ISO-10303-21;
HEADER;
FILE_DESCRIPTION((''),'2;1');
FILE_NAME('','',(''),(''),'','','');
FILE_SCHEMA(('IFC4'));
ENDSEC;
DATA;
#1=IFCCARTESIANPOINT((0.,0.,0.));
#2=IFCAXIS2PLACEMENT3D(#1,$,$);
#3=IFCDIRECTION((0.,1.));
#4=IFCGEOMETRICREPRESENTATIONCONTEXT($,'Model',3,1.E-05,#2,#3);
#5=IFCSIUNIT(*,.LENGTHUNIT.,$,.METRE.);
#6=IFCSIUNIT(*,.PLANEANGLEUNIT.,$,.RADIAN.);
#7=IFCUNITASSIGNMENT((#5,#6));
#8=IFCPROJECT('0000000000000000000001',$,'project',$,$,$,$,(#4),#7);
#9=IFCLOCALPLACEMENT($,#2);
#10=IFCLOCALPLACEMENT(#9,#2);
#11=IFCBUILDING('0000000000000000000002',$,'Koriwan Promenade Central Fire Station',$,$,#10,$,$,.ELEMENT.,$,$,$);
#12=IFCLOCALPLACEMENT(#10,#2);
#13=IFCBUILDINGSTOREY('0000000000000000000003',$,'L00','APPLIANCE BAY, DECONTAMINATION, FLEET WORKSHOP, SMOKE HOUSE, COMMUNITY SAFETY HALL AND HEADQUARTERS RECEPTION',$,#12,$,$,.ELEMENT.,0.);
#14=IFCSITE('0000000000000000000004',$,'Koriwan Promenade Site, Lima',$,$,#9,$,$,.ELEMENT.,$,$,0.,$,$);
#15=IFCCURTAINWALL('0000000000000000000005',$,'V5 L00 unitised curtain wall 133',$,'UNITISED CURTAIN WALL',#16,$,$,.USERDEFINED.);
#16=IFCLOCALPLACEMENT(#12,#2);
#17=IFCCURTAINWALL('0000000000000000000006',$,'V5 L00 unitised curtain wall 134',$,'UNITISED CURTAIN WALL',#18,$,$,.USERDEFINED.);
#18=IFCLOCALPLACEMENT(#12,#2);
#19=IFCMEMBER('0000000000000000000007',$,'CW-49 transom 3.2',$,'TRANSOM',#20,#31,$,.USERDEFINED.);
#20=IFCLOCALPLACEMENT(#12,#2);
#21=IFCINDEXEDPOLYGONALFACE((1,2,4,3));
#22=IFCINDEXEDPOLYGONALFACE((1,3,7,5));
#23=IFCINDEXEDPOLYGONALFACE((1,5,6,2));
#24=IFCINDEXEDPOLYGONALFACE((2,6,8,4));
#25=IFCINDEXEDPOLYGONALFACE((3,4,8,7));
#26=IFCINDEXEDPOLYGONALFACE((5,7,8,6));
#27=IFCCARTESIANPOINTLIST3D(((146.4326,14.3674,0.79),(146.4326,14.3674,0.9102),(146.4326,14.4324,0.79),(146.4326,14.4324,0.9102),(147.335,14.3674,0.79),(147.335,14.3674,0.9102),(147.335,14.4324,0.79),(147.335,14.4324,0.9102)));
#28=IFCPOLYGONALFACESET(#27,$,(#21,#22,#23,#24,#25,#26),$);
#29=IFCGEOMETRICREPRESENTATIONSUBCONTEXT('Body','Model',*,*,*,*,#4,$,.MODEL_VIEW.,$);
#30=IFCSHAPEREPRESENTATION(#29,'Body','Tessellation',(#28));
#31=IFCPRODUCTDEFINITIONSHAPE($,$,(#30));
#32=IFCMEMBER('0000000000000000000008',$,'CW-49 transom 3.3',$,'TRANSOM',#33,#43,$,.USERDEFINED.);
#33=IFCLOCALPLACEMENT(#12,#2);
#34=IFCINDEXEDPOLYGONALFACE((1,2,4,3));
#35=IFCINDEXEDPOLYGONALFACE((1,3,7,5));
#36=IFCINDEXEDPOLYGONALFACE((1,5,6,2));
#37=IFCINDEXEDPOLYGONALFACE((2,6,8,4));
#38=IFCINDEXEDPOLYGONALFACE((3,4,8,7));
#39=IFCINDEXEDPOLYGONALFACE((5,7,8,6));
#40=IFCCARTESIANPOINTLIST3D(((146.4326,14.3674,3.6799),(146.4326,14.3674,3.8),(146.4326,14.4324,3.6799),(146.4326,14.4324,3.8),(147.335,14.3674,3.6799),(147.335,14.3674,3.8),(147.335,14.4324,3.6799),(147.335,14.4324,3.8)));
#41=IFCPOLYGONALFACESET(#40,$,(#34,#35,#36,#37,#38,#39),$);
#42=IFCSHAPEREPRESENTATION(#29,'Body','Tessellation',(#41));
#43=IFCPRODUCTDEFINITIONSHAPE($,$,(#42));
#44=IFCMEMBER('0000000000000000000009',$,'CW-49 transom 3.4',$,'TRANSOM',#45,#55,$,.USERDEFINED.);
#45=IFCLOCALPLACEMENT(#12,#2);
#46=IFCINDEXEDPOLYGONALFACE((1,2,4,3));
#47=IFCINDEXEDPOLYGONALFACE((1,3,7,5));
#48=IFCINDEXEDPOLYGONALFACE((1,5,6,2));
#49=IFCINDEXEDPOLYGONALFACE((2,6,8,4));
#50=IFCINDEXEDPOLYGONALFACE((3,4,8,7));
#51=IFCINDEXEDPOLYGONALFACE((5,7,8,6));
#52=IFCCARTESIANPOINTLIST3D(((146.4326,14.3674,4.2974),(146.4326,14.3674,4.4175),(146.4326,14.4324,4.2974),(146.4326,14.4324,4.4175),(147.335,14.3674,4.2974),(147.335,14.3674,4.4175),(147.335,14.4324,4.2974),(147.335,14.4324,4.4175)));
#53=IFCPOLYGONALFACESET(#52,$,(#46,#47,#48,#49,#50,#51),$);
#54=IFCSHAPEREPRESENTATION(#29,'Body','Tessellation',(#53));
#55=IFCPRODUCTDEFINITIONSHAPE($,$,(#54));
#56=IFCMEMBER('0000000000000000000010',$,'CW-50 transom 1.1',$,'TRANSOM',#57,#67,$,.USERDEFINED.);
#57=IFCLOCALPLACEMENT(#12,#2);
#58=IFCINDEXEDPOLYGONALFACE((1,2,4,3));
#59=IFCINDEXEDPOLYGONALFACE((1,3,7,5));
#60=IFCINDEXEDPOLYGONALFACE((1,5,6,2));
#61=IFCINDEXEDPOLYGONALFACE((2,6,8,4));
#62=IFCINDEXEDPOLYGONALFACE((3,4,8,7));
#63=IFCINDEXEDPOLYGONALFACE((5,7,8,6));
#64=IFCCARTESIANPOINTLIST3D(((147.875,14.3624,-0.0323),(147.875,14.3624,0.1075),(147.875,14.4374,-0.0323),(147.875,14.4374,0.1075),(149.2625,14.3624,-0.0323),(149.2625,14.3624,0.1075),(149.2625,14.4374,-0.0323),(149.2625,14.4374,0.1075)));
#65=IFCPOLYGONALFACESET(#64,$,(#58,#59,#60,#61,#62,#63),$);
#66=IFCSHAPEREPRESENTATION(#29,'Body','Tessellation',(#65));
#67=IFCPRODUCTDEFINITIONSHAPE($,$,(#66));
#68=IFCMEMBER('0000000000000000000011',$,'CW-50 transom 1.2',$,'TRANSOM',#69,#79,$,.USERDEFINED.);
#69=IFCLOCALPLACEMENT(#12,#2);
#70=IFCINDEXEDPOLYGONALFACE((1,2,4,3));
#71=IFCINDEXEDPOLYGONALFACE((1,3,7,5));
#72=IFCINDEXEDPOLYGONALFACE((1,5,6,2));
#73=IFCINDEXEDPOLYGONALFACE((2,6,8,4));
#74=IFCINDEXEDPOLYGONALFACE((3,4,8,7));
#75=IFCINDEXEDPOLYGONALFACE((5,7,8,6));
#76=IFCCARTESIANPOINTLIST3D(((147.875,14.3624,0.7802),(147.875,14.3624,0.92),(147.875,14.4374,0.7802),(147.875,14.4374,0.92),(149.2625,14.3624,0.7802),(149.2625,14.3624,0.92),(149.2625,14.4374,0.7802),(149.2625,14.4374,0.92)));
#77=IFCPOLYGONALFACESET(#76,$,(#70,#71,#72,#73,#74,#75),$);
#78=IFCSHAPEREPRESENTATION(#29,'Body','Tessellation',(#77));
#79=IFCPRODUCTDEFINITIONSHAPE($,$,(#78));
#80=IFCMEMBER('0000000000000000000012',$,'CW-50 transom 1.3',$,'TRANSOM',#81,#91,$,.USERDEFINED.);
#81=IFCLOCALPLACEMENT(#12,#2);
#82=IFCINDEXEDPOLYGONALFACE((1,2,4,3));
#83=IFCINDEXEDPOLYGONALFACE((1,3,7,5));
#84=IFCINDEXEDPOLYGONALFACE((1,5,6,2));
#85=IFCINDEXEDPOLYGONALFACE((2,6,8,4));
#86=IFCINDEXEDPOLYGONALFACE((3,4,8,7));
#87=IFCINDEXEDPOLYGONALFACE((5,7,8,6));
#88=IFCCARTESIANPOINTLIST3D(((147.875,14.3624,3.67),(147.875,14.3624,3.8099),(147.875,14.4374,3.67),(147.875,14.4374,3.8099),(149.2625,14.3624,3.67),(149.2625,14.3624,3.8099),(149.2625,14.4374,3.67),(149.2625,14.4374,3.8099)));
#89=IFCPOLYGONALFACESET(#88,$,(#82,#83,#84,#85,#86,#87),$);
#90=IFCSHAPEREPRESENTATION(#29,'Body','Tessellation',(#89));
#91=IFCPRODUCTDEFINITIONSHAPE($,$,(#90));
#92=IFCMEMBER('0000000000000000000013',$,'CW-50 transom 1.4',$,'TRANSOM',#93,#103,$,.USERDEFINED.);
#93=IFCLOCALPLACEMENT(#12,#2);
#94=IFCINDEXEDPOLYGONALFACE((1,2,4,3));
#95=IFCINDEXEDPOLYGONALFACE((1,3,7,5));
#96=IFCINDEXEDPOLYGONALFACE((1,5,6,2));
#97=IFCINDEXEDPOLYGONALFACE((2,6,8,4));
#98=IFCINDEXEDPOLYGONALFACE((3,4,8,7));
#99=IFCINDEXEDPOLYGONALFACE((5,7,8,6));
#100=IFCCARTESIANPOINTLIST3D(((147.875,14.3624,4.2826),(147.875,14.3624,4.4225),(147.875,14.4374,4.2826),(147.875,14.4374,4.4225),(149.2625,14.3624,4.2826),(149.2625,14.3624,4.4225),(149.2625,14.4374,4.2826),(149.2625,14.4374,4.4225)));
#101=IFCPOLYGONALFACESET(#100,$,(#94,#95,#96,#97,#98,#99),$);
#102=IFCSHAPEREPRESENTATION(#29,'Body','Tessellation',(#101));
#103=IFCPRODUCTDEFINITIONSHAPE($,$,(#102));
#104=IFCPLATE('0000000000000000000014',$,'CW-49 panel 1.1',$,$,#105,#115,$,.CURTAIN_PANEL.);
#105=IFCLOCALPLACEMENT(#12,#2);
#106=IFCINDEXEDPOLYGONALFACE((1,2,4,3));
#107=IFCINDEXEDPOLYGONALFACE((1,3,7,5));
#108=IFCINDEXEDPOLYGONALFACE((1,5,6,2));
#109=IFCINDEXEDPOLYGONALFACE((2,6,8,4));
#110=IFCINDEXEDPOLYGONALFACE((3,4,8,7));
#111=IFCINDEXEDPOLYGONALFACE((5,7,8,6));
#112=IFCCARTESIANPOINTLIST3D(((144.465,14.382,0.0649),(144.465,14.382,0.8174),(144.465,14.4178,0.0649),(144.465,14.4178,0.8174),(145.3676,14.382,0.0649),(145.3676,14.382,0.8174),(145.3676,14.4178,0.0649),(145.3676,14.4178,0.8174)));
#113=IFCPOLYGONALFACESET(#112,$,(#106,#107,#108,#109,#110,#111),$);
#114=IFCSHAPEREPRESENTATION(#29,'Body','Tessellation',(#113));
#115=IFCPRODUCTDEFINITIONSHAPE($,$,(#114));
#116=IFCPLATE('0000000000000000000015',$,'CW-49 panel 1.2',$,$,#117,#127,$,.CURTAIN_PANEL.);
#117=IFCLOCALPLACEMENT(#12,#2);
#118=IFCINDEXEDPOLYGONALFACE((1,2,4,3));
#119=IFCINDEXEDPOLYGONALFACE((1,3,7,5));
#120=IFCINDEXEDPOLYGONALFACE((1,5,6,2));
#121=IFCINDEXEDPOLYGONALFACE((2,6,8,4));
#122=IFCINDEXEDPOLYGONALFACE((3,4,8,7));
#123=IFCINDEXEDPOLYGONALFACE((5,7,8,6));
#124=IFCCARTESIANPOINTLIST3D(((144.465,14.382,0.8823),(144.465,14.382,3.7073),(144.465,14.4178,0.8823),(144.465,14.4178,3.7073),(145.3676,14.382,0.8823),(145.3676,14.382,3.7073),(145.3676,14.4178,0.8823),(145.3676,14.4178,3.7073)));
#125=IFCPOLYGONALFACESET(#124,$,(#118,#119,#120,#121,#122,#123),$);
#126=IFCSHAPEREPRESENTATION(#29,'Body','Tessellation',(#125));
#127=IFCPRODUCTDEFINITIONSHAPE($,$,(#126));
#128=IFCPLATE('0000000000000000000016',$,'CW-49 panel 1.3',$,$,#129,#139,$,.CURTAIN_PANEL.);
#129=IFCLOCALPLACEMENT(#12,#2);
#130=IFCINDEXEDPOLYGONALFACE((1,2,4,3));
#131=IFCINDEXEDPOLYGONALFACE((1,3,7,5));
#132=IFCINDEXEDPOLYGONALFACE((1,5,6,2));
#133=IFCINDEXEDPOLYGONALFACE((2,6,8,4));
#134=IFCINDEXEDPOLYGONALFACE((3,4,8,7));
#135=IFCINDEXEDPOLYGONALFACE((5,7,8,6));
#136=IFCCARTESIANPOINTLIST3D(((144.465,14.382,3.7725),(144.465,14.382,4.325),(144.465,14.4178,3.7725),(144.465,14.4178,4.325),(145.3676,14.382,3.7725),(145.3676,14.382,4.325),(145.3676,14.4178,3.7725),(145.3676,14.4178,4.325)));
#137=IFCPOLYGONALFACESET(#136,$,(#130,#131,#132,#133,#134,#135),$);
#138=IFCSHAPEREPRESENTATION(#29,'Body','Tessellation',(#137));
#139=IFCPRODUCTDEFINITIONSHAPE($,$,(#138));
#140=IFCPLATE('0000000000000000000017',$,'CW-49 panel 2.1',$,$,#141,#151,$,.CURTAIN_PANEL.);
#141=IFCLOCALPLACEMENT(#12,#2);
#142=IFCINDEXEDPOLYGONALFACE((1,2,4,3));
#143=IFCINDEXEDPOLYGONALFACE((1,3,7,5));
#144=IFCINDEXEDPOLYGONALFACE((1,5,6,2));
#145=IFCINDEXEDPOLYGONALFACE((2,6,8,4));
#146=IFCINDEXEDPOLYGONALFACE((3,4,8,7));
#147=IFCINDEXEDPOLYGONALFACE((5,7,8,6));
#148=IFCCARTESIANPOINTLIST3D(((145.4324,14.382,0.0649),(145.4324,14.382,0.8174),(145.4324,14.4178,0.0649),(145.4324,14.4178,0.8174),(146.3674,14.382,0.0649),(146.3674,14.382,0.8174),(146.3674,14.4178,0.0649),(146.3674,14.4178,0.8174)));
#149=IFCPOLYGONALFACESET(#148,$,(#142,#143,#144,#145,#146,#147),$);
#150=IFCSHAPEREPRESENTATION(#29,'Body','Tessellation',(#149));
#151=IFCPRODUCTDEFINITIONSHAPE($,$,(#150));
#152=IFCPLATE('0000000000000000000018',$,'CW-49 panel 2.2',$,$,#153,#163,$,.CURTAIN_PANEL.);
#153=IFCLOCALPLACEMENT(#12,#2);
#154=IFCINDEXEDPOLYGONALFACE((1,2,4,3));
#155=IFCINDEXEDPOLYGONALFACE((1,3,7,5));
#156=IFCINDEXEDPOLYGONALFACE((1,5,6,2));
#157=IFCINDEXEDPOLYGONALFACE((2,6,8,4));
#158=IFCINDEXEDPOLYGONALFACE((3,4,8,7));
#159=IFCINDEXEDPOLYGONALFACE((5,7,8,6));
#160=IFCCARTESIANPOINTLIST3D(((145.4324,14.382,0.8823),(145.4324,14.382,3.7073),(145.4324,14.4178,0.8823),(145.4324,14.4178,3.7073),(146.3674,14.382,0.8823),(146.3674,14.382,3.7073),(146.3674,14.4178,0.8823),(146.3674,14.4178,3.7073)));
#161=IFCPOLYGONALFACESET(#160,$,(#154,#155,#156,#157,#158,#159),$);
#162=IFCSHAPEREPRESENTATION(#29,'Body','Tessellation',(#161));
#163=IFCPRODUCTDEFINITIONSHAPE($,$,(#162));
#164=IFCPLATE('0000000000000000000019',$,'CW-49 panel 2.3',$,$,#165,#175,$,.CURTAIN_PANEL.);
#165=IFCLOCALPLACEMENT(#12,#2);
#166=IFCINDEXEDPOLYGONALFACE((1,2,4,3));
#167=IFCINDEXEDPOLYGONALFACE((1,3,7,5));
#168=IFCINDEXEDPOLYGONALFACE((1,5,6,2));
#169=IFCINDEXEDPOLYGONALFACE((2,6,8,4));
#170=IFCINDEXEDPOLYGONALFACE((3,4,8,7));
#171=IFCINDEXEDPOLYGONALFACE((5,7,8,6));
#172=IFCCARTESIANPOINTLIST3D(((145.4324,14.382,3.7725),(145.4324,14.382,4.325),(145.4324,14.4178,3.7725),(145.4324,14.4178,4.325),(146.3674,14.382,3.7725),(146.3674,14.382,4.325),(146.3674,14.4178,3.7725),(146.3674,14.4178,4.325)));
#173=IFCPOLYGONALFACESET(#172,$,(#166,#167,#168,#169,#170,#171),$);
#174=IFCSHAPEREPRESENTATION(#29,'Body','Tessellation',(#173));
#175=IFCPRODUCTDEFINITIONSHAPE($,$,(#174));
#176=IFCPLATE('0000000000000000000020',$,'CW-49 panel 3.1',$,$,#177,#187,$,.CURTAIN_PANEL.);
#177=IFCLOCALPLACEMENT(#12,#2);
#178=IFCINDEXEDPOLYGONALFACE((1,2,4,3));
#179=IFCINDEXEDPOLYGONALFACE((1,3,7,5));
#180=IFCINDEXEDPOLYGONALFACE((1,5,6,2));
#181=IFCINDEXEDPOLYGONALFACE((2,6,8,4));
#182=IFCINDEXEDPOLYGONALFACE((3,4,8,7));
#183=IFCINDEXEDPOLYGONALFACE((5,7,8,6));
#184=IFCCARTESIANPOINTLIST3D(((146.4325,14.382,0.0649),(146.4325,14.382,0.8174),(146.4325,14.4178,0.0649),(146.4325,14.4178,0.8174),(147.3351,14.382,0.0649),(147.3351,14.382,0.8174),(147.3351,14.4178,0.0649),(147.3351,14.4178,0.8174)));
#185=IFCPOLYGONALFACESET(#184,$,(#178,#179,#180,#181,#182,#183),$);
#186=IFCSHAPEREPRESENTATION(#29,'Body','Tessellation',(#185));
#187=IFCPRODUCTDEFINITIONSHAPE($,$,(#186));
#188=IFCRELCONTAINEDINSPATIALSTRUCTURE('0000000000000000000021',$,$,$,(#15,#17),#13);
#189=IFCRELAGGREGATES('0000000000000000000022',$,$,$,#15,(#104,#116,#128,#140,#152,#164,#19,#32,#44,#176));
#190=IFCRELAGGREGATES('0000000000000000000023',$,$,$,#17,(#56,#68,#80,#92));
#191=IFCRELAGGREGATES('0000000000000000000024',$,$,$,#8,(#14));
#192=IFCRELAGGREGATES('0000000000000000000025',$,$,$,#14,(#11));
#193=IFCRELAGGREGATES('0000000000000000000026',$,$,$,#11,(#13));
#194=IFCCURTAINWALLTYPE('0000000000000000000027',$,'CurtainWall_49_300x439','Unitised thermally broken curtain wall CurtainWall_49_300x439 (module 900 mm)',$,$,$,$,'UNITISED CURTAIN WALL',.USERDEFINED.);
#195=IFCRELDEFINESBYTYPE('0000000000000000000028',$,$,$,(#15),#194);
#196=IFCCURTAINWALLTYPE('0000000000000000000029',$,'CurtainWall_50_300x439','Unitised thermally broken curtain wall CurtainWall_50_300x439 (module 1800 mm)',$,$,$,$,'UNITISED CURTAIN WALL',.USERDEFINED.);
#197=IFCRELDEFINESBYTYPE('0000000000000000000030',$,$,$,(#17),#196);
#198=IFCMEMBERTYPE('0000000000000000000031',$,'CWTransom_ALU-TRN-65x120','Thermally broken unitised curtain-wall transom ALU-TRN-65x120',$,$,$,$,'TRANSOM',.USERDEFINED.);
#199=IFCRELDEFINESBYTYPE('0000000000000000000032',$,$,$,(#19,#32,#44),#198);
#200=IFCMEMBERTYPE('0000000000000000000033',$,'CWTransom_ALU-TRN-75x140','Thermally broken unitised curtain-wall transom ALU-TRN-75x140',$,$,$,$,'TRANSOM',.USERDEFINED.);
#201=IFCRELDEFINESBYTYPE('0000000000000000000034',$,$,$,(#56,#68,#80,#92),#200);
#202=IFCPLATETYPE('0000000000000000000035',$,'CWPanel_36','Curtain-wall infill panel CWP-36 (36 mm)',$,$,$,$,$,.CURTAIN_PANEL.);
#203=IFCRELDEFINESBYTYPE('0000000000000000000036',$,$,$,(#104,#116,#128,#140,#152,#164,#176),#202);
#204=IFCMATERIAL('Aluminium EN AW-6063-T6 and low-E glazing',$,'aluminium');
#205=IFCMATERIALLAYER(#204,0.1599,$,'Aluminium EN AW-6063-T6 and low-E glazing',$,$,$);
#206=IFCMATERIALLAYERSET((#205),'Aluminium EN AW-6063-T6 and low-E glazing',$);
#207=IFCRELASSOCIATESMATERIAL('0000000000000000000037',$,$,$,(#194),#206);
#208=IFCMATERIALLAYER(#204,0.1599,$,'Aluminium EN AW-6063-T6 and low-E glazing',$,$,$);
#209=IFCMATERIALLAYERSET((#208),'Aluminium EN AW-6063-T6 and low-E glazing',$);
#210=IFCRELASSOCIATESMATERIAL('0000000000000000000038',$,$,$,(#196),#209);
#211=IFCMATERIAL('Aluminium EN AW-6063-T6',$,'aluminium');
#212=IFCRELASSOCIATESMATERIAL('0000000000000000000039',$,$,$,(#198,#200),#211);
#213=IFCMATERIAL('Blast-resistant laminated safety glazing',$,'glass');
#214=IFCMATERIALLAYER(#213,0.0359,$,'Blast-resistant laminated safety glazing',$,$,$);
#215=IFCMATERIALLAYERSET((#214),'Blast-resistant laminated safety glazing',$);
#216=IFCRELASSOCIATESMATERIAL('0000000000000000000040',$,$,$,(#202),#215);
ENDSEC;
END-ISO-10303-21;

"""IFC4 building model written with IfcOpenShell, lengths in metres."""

from ifc_helpers import new_model, si_unit, direction, frame, origin, origin_2d, place, context, subcontext, project, spatial, rectangle, extrude, material, layer, layer_set, material_profile, profile_set, type_object, element, aggregate, save


model = new_model("IFC4")

# Units and contexts
model_context = context("Model", 3, precision=1e-05, world=origin(), true_north=direction((0.0, 1.0)))
body_context = subcontext(model_context, "Body", "Model", "MODEL_VIEW")
ifc_project = project(units=[si_unit("LENGTHUNIT", "METRE"), si_unit("PLANEANGLEUNIT", "RADIAN")], contexts=[model_context])

# Site, building, storey
site_placement = place(None, origin())
site = spatial("IfcSite", under=ifc_project, at=site_placement, Name="Koriwan Promenade Site, Lima", CompositionType="ELEMENT", RefElevation=0.0)
building_placement = place(site_placement, origin())
building = spatial("IfcBuilding", under=site, at=building_placement, Name="Koriwan Promenade Central Fire Station", CompositionType="ELEMENT")
storey_placement = place(building_placement, origin())
storey = spatial("IfcBuildingStorey", under=building, at=storey_placement, Name="L00", Description="APPLIANCE BAY, DECONTAMINATION, FLEET WORKSHOP, SMOKE HOUSE, COMMUNITY SAFETY HALL AND HEADQUARTERS RECEPTION", CompositionType="ELEMENT", Elevation=0.0)

# Curtain wall
ifc_material_1 = material(Name="Aluminium EN AW-6063-T6 and low-E glazing", Category="aluminium")
ifc_layer_1 = layer(ifc_material_1, 0.1599, Name="Aluminium EN AW-6063-T6 and low-E glazing")
ifc_layer_set_1 = layer_set([ifc_layer_1], Name="Aluminium EN AW-6063-T6 and low-E glazing")
curtain_wall_type_1 = type_object("IfcCurtainWallType", Name="CurtainWall_49_300x439", Description="Unitised thermally broken curtain wall CurtainWall_49_300x439 (module 900 mm)", ElementType="UNITISED CURTAIN WALL", PredefinedType="USERDEFINED", material=ifc_layer_set_1)
curtain_wall_1_placement = place(storey_placement, origin())
curtain_wall_1 = element("IfcCurtainWall", 1, at=curtain_wall_1_placement, inside=storey, type_object=curtain_wall_type_1, Name="V5 L00 unitised curtain wall 133", ObjectType="UNITISED CURTAIN WALL", PredefinedType="USERDEFINED")
ifc_material_2 = material(Name="Aluminium EN AW-6063-T6", Category="aluminium")

# Curtain wall
ifc_layer_2 = layer(ifc_material_1, 0.1599, Name="Aluminium EN AW-6063-T6 and low-E glazing")
ifc_layer_set_2 = layer_set([ifc_layer_2], Name="Aluminium EN AW-6063-T6 and low-E glazing")
curtain_wall_type_2 = type_object("IfcCurtainWallType", Name="CurtainWall_50_300x439", Description="Unitised thermally broken curtain wall CurtainWall_50_300x439 (module 1800 mm)", ElementType="UNITISED CURTAIN WALL", PredefinedType="USERDEFINED", material=ifc_layer_set_2)
curtain_wall_2_placement = place(storey_placement, origin())
curtain_wall_2 = element("IfcCurtainWall", 2, at=curtain_wall_2_placement, inside=storey, type_object=curtain_wall_type_2, Name="V5 L00 unitised curtain wall 134", ObjectType="UNITISED CURTAIN WALL", PredefinedType="USERDEFINED")

# Members
ifc_material_profile_1 = material_profile(ifc_material_2, rectangle(XDim=0.0649, YDim=0.1201, at=origin_2d()), Name="ALU-TRN-65x120")
ifc_profile_set_1 = profile_set([ifc_material_profile_1], Name="Aluminium EN AW-6063-T6")
member_type_1 = type_object("IfcMemberType", Name="CWTransom_ALU-TRN-65x120", Description="Thermally broken unitised curtain-wall transom ALU-TRN-65x120", ElementType="TRANSOM", PredefinedType="USERDEFINED", material=ifc_profile_set_1)
member_1_placement = place(storey_placement, frame((146.4326, 14.3999, 0.8501), z_axis=(1.0, 0.0, 0.0), x_axis=(0.0, 1.0, 0.0)))
member_1 = element("IfcMember", 3, at=member_1_placement, type_object=member_type_1, Name="CW-49 transom 3.2", ObjectType="TRANSOM", PredefinedType="USERDEFINED", context=body_context, shape_type="SweptSolid", body=[
    extrude(rectangle(XDim=0.0649, YDim=0.1201, at=origin_2d()), origin(), (0.0, 0.0, 1.0), 0.9023),
])
member_2_placement = place(storey_placement, frame((146.4326, 14.3999, 3.74), z_axis=(1.0, 0.0, 0.0), x_axis=(0.0, 1.0, 0.0)))
member_2 = element("IfcMember", 4, at=member_2_placement, type_object=member_type_1, Name="CW-49 transom 3.3", ObjectType="TRANSOM", PredefinedType="USERDEFINED", context=body_context, shape_type="SweptSolid", body=[
    extrude(rectangle(XDim=0.0649, YDim=0.1201, at=origin_2d()), origin(), (0.0, 0.0, 1.0), 0.9023),
])
member_3_placement = place(storey_placement, frame((146.4326, 14.3999, 4.3574), z_axis=(1.0, 0.0, 0.0), x_axis=(0.0, 1.0, 0.0)))
member_3 = element("IfcMember", 5, at=member_3_placement, type_object=member_type_1, Name="CW-49 transom 3.4", ObjectType="TRANSOM", PredefinedType="USERDEFINED", context=body_context, shape_type="SweptSolid", body=[
    extrude(rectangle(XDim=0.0649, YDim=0.1201, at=origin_2d()), origin(), (0.0, 0.0, 1.0), 0.9023),
])
ifc_material_profile_2 = material_profile(ifc_material_2, rectangle(XDim=0.075, YDim=0.1399, at=origin_2d()), Name="ALU-TRN-75x140")
ifc_profile_set_2 = profile_set([ifc_material_profile_2], Name="Aluminium EN AW-6063-T6")
member_type_2 = type_object("IfcMemberType", Name="CWTransom_ALU-TRN-75x140", Description="Thermally broken unitised curtain-wall transom ALU-TRN-75x140", ElementType="TRANSOM", PredefinedType="USERDEFINED", material=ifc_profile_set_2)
member_4_placement = place(storey_placement, frame((147.875, 14.3999, 0.0376), z_axis=(1.0, 0.0, 0.0), x_axis=(0.0, 1.0, 0.0)))
member_4 = element("IfcMember", 6, at=member_4_placement, type_object=member_type_2, Name="CW-50 transom 1.1", ObjectType="TRANSOM", PredefinedType="USERDEFINED", context=body_context, shape_type="SweptSolid", body=[
    extrude(rectangle(XDim=0.075, YDim=0.1399, at=origin_2d()), origin(), (0.0, 0.0, 1.0), 1.3875),
])
member_5_placement = place(storey_placement, frame((147.875, 14.3999, 0.8501), z_axis=(1.0, 0.0, 0.0), x_axis=(0.0, 1.0, 0.0)))
member_5 = element("IfcMember", 7, at=member_5_placement, type_object=member_type_2, Name="CW-50 transom 1.2", ObjectType="TRANSOM", PredefinedType="USERDEFINED", context=body_context, shape_type="SweptSolid", body=[
    extrude(rectangle(XDim=0.075, YDim=0.1399, at=origin_2d()), origin(), (0.0, 0.0, 1.0), 1.3875),
])
member_6_placement = place(storey_placement, frame((147.875, 14.3999, 3.74), z_axis=(1.0, 0.0, 0.0), x_axis=(0.0, 1.0, 0.0)))
member_6 = element("IfcMember", 8, at=member_6_placement, type_object=member_type_2, Name="CW-50 transom 1.3", ObjectType="TRANSOM", PredefinedType="USERDEFINED", context=body_context, shape_type="SweptSolid", body=[
    extrude(rectangle(XDim=0.075, YDim=0.1399, at=origin_2d()), origin(), (0.0, 0.0, 1.0), 1.3875),
])
member_7_placement = place(storey_placement, frame((147.875, 14.3999, 4.3525), z_axis=(1.0, 0.0, 0.0), x_axis=(0.0, 1.0, 0.0)))
member_7 = element("IfcMember", 9, at=member_7_placement, type_object=member_type_2, Name="CW-50 transom 1.4", ObjectType="TRANSOM", PredefinedType="USERDEFINED", context=body_context, shape_type="SweptSolid", body=[
    extrude(rectangle(XDim=0.075, YDim=0.1399, at=origin_2d()), origin(), (0.0, 0.0, 1.0), 1.3875),
])

# Plates
ifc_material_3 = material(Name="Blast-resistant laminated safety glazing", Category="glass")
ifc_layer_3 = layer(ifc_material_3, 0.0359, Name="Blast-resistant laminated safety glazing")
ifc_layer_set_3 = layer_set([ifc_layer_3], Name="Blast-resistant laminated safety glazing")
plate_type = type_object("IfcPlateType", Name="CWPanel_36", Description="Curtain-wall infill panel CWP-36 (36 mm)", PredefinedType="CURTAIN_PANEL", material=ifc_layer_set_3)
plate_1_placement = place(storey_placement, frame((144.9163, 14.3999, 0.0649), z_axis=(0.0, 0.0, 1.0), x_axis=(1.0, 0.0, 0.0)))
plate_1 = element("IfcPlate", 10, at=plate_1_placement, type_object=plate_type, Name="CW-49 panel 1.1", PredefinedType="CURTAIN_PANEL", context=body_context, shape_type="SweptSolid", body=[
    extrude(rectangle(XDim=0.9026, YDim=0.0359, at=origin_2d()), origin(), (0.0, 0.0, 1.0), 0.7524),
])
plate_2_placement = place(storey_placement, frame((144.9163, 14.3999, 0.8823), z_axis=(0.0, 0.0, 1.0), x_axis=(1.0, 0.0, 0.0)))
plate_2 = element("IfcPlate", 11, at=plate_2_placement, type_object=plate_type, Name="CW-49 panel 1.2", PredefinedType="CURTAIN_PANEL", context=body_context, shape_type="SweptSolid", body=[
    extrude(rectangle(XDim=0.9026, YDim=0.0359, at=origin_2d()), origin(), (0.0, 0.0, 1.0), 2.825),
])
plate_3_placement = place(storey_placement, frame((144.9163, 14.3999, 3.7725), z_axis=(0.0, 0.0, 1.0), x_axis=(1.0, 0.0, 0.0)))
plate_3 = element("IfcPlate", 12, at=plate_3_placement, type_object=plate_type, Name="CW-49 panel 1.3", PredefinedType="CURTAIN_PANEL", context=body_context, shape_type="SweptSolid", body=[
    extrude(rectangle(XDim=0.9026, YDim=0.0359, at=origin_2d()), origin(), (0.0, 0.0, 1.0), 0.5525),
])
plate_4_placement = place(storey_placement, frame((145.8999, 14.3999, 0.0649), z_axis=(0.0, 0.0, 1.0), x_axis=(1.0, 0.0, 0.0)))
plate_4 = element("IfcPlate", 13, at=plate_4_placement, type_object=plate_type, Name="CW-49 panel 2.1", PredefinedType="CURTAIN_PANEL", context=body_context, shape_type="SweptSolid", body=[
    extrude(rectangle(XDim=0.9351, YDim=0.0359, at=origin_2d()), origin(), (0.0, 0.0, 1.0), 0.7524),
])
plate_5_placement = place(storey_placement, frame((145.8999, 14.3999, 0.8823), z_axis=(0.0, 0.0, 1.0), x_axis=(1.0, 0.0, 0.0)))
plate_5 = element("IfcPlate", 14, at=plate_5_placement, type_object=plate_type, Name="CW-49 panel 2.2", PredefinedType="CURTAIN_PANEL", context=body_context, shape_type="SweptSolid", body=[
    extrude(rectangle(XDim=0.9351, YDim=0.0359, at=origin_2d()), origin(), (0.0, 0.0, 1.0), 2.825),
])
plate_6_placement = place(storey_placement, frame((145.8999, 14.3999, 3.7725), z_axis=(0.0, 0.0, 1.0), x_axis=(1.0, 0.0, 0.0)))
plate_6 = element("IfcPlate", 15, at=plate_6_placement, type_object=plate_type, Name="CW-49 panel 2.3", PredefinedType="CURTAIN_PANEL", context=body_context, shape_type="SweptSolid", body=[
    extrude(rectangle(XDim=0.9351, YDim=0.0359, at=origin_2d()), origin(), (0.0, 0.0, 1.0), 0.5525),
])
plate_7_placement = place(storey_placement, frame((146.8838, 14.3999, 0.0649), z_axis=(0.0, 0.0, 1.0), x_axis=(1.0, 0.0, 0.0)))
plate_7 = element("IfcPlate", 16, at=plate_7_placement, type_object=plate_type, Name="CW-49 panel 3.1", PredefinedType="CURTAIN_PANEL", context=body_context, shape_type="SweptSolid", body=[
    extrude(rectangle(XDim=0.9026, YDim=0.0359, at=origin_2d()), origin(), (0.0, 0.0, 1.0), 0.7524),
])
aggregate(curtain_wall_1, [plate_1, plate_2, plate_3, plate_4, plate_5, plate_6, member_1, member_2, member_3, plate_7])
aggregate(curtain_wall_2, [member_4, member_5, member_6, member_7])

save(model, "model.ifc")
